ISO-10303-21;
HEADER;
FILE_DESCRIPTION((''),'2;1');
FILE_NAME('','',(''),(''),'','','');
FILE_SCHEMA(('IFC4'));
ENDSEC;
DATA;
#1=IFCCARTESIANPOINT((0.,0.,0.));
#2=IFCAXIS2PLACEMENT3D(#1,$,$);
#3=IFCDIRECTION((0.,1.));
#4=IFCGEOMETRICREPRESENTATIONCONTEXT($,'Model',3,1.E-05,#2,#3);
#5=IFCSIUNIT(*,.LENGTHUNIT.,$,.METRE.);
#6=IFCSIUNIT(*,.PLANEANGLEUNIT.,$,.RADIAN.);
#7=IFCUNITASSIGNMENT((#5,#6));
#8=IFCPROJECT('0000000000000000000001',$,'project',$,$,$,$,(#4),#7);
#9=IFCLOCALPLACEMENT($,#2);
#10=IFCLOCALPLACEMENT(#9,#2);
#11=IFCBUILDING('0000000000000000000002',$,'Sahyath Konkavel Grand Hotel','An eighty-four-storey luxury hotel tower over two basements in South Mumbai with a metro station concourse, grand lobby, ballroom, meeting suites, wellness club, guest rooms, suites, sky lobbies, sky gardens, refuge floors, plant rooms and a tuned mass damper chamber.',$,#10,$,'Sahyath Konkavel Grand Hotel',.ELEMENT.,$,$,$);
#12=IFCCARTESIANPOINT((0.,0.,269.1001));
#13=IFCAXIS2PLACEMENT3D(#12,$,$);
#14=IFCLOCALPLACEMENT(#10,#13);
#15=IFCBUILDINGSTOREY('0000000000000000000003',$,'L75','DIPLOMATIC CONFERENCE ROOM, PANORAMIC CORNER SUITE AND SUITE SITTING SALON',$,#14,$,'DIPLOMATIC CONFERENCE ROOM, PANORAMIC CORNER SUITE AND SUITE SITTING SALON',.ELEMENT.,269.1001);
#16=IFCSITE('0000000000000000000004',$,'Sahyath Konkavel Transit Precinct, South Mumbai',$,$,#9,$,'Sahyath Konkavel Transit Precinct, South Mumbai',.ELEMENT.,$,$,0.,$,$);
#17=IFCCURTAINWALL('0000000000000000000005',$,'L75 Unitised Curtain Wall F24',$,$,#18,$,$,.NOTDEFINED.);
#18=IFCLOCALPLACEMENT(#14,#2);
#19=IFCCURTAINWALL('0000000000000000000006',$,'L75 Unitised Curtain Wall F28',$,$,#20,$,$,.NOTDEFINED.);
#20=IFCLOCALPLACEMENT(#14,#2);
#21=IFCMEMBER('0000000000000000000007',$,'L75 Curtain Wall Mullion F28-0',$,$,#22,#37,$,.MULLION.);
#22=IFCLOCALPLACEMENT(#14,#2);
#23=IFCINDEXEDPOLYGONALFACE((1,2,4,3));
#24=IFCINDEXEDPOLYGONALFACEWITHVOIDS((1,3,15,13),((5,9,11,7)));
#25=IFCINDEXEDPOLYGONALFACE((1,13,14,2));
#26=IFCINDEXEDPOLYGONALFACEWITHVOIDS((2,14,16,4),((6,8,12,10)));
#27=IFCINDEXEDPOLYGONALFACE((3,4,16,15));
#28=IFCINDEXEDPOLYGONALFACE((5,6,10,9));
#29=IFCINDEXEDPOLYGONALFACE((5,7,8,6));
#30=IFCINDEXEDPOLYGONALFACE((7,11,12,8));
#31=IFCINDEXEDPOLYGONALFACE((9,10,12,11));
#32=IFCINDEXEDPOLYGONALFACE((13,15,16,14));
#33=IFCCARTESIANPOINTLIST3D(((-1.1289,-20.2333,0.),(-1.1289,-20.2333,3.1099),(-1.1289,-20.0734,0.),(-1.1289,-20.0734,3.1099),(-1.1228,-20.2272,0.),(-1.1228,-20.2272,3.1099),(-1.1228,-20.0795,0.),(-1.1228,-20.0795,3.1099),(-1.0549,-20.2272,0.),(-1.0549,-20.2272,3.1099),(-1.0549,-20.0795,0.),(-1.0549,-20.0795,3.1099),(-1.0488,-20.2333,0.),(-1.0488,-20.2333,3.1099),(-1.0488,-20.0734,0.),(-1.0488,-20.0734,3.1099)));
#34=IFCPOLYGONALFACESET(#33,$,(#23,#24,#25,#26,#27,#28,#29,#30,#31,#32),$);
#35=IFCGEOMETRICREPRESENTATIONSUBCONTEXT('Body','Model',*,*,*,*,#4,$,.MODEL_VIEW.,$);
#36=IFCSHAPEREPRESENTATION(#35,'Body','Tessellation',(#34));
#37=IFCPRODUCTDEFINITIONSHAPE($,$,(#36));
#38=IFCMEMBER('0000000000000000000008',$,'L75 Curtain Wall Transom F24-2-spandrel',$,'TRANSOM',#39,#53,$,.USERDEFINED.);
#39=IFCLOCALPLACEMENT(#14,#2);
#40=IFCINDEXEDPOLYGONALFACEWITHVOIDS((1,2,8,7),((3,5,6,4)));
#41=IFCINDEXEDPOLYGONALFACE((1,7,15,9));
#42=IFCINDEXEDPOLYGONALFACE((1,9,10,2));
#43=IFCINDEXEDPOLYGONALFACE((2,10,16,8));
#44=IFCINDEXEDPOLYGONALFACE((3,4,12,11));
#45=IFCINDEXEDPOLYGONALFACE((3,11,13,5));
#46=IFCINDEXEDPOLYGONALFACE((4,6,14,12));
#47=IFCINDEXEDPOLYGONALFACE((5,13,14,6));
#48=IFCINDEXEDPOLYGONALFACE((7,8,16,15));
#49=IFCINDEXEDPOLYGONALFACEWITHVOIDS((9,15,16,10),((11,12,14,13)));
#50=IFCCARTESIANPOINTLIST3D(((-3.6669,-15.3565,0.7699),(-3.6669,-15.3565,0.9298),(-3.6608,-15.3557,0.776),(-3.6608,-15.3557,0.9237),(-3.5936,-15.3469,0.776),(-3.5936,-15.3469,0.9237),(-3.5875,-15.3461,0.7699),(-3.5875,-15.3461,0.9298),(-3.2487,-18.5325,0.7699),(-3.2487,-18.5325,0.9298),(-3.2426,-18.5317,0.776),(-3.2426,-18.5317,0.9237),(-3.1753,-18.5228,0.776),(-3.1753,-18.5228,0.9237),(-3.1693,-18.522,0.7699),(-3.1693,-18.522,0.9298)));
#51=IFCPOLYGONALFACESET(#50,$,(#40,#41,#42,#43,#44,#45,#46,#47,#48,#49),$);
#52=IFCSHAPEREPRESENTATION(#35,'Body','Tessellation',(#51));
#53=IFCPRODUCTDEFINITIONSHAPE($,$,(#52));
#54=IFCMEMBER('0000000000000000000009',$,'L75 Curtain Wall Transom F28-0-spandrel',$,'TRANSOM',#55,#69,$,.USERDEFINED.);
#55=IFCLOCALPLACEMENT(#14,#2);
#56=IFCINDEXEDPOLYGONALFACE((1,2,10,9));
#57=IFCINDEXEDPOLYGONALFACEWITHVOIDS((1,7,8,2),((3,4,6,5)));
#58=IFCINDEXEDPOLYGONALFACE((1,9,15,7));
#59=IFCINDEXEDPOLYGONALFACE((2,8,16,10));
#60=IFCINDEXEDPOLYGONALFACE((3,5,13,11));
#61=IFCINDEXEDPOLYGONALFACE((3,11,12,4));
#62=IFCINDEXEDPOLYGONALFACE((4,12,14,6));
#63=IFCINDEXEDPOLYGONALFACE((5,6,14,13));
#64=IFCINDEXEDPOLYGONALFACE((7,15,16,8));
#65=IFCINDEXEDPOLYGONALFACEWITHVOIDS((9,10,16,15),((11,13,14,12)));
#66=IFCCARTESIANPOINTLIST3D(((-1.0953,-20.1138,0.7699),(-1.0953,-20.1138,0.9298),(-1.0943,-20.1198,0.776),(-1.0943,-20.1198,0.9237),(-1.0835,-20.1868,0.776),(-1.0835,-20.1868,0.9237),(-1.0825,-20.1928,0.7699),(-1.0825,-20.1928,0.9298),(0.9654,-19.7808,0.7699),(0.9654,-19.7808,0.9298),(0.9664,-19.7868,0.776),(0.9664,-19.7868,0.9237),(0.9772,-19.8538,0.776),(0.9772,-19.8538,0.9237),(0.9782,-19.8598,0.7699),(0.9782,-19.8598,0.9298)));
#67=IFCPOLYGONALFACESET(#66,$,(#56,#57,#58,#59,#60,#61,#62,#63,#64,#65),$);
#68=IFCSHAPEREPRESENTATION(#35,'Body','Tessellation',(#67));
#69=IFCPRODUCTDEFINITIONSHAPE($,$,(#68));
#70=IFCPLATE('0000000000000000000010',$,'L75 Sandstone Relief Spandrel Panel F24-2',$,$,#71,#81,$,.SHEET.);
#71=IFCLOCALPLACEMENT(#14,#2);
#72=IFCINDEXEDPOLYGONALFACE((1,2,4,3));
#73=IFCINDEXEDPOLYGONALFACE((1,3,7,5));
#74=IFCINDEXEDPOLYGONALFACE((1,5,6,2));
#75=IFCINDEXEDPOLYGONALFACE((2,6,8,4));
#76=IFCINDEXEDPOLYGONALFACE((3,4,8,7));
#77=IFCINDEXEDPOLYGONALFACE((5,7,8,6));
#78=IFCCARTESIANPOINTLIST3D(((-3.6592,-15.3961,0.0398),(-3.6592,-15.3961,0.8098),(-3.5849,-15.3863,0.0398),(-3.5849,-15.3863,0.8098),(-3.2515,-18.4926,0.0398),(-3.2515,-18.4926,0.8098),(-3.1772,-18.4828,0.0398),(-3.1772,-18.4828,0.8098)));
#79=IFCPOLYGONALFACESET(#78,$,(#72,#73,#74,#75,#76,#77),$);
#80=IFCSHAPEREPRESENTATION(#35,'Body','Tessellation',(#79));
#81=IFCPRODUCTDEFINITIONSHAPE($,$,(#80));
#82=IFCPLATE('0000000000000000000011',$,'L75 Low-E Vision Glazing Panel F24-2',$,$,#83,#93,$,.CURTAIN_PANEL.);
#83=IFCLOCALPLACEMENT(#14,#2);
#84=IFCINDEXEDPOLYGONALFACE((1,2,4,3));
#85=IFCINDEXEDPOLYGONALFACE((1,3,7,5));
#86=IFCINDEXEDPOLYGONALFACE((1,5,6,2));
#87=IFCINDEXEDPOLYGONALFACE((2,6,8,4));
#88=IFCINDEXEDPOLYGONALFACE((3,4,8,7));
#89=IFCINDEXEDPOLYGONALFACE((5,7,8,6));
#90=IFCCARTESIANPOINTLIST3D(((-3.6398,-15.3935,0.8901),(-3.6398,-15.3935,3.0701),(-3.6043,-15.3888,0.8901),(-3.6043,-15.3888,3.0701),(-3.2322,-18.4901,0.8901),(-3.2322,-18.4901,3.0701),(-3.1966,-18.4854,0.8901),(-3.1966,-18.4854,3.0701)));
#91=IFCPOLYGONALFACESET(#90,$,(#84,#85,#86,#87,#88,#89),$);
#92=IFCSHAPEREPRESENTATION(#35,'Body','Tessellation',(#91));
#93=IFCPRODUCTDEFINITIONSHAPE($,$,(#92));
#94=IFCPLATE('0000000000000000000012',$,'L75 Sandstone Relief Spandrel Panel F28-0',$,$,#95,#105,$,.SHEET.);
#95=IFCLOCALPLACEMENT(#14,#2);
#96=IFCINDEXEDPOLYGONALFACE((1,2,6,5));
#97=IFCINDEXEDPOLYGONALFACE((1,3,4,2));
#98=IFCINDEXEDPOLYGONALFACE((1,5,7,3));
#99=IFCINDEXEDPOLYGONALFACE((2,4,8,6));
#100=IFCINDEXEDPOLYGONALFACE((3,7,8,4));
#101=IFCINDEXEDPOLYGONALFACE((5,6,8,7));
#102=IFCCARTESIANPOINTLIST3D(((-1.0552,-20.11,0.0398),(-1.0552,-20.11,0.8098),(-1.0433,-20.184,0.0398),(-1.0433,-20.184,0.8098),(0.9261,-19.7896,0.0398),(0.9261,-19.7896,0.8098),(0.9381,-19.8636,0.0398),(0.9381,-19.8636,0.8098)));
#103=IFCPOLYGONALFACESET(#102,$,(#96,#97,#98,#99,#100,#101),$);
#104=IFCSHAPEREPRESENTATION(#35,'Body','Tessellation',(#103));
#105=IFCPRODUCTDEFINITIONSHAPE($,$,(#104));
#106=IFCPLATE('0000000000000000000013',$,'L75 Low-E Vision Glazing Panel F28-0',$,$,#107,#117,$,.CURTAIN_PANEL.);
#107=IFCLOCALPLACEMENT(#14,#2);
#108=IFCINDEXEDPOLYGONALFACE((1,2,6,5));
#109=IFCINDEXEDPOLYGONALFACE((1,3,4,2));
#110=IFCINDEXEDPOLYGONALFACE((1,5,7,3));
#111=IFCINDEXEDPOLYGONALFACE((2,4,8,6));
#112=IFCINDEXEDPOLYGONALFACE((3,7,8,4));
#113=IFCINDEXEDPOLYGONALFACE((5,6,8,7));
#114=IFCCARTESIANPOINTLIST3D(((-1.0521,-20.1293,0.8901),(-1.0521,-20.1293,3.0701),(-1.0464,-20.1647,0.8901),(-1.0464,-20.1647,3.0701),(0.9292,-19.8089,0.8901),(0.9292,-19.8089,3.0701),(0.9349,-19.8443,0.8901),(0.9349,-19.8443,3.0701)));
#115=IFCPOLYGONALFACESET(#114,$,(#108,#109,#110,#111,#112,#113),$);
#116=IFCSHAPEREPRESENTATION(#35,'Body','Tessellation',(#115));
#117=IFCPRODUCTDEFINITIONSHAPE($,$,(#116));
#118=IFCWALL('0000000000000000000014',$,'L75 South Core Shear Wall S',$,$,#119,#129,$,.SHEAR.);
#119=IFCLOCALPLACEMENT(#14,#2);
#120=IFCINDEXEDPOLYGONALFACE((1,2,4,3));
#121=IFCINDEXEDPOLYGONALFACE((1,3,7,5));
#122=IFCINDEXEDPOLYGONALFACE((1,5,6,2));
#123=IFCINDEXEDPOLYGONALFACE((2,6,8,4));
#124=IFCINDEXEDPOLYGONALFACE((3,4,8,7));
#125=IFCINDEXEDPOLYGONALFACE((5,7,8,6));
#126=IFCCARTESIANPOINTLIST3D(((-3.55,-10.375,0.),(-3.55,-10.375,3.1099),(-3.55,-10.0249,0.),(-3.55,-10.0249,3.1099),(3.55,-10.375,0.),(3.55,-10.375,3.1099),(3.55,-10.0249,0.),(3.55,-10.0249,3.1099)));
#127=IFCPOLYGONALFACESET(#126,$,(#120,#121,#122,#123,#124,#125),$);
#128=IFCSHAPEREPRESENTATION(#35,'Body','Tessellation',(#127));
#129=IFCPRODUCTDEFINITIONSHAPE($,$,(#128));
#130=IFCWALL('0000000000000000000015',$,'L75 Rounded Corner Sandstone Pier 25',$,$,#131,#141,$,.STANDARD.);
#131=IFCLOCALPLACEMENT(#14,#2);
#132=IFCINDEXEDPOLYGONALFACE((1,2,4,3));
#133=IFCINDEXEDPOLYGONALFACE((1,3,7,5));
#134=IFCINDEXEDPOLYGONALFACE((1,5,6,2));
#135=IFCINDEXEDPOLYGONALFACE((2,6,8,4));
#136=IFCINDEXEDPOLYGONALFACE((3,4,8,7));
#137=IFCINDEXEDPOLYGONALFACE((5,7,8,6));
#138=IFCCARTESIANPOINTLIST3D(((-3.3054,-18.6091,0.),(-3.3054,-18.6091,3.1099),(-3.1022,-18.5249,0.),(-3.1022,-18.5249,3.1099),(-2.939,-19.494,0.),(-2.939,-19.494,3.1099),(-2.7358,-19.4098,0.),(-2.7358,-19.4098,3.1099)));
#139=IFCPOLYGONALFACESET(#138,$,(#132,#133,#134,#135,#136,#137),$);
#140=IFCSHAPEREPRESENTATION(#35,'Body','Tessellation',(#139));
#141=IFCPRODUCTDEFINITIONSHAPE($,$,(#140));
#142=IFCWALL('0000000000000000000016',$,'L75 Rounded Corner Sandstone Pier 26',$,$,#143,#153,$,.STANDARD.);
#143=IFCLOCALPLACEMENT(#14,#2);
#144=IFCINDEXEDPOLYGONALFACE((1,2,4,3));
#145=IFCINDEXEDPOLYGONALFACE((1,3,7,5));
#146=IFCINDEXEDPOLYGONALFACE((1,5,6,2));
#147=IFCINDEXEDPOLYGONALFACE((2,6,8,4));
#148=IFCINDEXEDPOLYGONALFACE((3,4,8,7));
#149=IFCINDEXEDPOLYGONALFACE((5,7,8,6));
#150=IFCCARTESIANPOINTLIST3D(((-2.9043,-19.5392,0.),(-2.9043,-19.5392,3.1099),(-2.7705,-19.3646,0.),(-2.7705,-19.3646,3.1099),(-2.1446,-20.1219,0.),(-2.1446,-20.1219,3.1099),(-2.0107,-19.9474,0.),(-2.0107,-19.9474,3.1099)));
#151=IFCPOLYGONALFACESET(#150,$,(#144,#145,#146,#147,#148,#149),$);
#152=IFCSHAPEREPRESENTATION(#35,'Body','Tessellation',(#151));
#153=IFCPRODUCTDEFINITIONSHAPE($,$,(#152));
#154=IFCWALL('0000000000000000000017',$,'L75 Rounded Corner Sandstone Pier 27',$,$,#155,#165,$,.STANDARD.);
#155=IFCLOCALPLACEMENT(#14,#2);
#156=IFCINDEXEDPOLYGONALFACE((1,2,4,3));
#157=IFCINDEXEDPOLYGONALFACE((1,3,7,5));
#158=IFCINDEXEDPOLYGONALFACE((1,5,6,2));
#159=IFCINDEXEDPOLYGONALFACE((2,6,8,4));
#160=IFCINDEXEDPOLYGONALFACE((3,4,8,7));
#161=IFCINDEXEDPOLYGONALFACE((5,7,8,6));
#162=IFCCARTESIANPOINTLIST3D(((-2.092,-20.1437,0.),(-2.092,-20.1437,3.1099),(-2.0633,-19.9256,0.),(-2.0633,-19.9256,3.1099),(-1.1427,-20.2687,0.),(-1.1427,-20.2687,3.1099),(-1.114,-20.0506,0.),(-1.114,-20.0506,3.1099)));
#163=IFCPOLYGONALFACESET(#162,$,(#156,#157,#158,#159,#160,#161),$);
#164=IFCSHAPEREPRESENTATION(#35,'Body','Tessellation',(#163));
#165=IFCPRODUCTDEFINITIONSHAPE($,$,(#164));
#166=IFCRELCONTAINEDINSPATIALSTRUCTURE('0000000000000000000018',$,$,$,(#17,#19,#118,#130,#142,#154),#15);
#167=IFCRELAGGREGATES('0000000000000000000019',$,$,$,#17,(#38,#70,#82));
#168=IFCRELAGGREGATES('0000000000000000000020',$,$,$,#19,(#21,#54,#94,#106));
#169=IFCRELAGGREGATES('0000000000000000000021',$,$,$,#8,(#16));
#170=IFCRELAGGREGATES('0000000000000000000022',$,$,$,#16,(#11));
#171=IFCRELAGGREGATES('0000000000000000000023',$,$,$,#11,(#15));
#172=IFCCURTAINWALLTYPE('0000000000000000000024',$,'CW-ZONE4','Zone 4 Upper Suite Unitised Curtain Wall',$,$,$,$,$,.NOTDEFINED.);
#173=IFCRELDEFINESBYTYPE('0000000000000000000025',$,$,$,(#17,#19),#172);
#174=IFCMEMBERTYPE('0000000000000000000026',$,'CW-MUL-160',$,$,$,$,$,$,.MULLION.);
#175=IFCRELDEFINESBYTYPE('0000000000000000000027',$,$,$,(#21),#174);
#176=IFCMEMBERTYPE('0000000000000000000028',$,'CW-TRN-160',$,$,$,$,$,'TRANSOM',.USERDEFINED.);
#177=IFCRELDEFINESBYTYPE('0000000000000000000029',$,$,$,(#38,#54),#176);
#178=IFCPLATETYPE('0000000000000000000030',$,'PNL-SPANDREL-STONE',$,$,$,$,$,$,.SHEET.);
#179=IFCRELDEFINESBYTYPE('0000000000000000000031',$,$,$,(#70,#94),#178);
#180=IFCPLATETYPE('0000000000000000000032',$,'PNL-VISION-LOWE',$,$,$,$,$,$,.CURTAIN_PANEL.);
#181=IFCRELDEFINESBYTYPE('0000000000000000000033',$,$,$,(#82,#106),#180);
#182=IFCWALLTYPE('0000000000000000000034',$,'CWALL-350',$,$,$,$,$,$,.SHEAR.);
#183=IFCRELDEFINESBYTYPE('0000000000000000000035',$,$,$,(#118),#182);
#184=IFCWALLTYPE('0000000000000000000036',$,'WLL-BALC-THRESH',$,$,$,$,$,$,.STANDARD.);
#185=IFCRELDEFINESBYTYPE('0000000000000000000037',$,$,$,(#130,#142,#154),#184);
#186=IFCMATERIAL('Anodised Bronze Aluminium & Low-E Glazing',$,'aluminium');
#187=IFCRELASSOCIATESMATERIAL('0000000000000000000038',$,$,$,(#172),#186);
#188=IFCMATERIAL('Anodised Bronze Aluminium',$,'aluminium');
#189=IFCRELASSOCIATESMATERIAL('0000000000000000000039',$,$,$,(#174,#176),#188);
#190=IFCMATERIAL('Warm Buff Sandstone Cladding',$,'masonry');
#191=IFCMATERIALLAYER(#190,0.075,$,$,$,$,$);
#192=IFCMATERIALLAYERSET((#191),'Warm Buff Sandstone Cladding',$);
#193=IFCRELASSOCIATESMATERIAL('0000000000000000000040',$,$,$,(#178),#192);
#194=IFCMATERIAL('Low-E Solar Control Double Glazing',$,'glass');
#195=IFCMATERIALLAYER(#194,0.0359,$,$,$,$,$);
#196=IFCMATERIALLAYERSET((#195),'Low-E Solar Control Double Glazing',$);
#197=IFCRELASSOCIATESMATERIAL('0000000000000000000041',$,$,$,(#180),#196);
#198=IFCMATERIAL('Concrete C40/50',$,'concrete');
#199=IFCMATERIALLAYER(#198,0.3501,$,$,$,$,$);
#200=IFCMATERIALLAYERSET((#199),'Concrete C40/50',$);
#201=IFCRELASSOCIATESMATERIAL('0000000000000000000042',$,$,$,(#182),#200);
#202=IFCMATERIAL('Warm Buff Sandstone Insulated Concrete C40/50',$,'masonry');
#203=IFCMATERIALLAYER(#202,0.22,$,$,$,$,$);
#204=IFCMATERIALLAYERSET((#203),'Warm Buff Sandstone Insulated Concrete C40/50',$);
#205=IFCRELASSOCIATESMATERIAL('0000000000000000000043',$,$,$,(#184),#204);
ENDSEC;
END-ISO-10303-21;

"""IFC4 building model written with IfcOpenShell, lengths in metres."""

from ifc_helpers import new_model, si_unit, direction, frame, frame_2d, origin, origin_2d, place, context, subcontext, project, spatial, rectangle, hollow_rectangle, extrude, source, transform, mapped, material, layer, layer_set, material_profile, profile_set, type_object, element, aggregate, save


model = new_model("IFC4")

# Units and contexts
model_context = context("Model", 3, precision=1e-05, world=origin(), true_north=direction((0.0, 1.0)))
body_context = subcontext(model_context, "Body", "Model", "MODEL_VIEW")
ifc_project = project(units=[si_unit("LENGTHUNIT", "METRE"), si_unit("PLANEANGLEUNIT", "RADIAN")], contexts=[model_context])

# Site, building, storey
site_placement = place(None, origin())
site = spatial("IfcSite", under=ifc_project, at=site_placement, Name="Sahyath Konkavel Transit Precinct, South Mumbai", LongName="Sahyath Konkavel Transit Precinct, South Mumbai", CompositionType="ELEMENT", RefElevation=0.0)
building_placement = place(site_placement, origin())
building = spatial("IfcBuilding", under=site, at=building_placement, Name="Sahyath Konkavel Grand Hotel", Description="An eighty-four-storey luxury hotel tower over two basements in South Mumbai with a metro station concourse, grand lobby, ballroom, meeting suites, wellness club, guest rooms, suites, sky lobbies, sky gardens, refuge floors, plant rooms and a tuned mass damper chamber.", LongName="Sahyath Konkavel Grand Hotel", CompositionType="ELEMENT")
storey_placement = place(building_placement, frame((0.0, 0.0, 269.1001)))
storey = spatial("IfcBuildingStorey", under=building, at=storey_placement, Name="L75", Description="DIPLOMATIC CONFERENCE ROOM, PANORAMIC CORNER SUITE AND SUITE SITTING SALON", LongName="DIPLOMATIC CONFERENCE ROOM, PANORAMIC CORNER SUITE AND SUITE SITTING SALON", CompositionType="ELEMENT", Elevation=269.1001)

# Shared definitions
ifc_material_1 = material(Name="Concrete C40/50", Category="concrete")

# Curtain wall
ifc_material_2 = material(Name="Anodised Bronze Aluminium & Low-E Glazing", Category="aluminium")
curtain_wall_type = type_object("IfcCurtainWallType", Name="CW-ZONE4", Description="Zone 4 Upper Suite Unitised Curtain Wall", PredefinedType="NOTDEFINED", material=ifc_material_2)
curtain_wall_1_placement = place(storey_placement, origin())
curtain_wall_1 = element("IfcCurtainWall", 1, at=curtain_wall_1_placement, inside=storey, type_object=curtain_wall_type, Name="L75 Unitised Curtain Wall F24", PredefinedType="NOTDEFINED")
ifc_material_3 = material(Name="Anodised Bronze Aluminium", Category="aluminium")
ifc_material_profile_1 = material_profile(ifc_material_3, hollow_rectangle(XDim=0.0801, YDim=0.1599, WallThickness=0.0061, at=origin_2d()), Name="RHS 160x80x6")
ifc_profile_set_1 = profile_set([ifc_material_profile_1], Name="Anodised Bronze Aluminium")
member_type_1 = type_object("IfcMemberType", Name="CW-MUL-160", PredefinedType="MULLION", material=ifc_profile_set_1)
shared_shape_1 = source(origin(), body_context, "Body", "SweptSolid", [
    extrude(hollow_rectangle(XDim=0.0801, YDim=0.1599, WallThickness=0.0061, at=origin_2d()), origin(), (0.0, 0.0, 1.0), 3.1099),
])

# Curtain wall, member
curtain_wall_2_placement = place(storey_placement, origin())
curtain_wall_2 = element("IfcCurtainWall", 2, at=curtain_wall_2_placement, inside=storey, type_object=curtain_wall_type, Name="L75 Unitised Curtain Wall F28", PredefinedType="NOTDEFINED")
member_1_placement = place(storey_placement, frame((-1.0889, -20.1533, 0.0), z_axis=(0.0, 0.0, 1.0), x_axis=(1.0, 0.0, 0.0)))
member_1 = element("IfcMember", 3, at=member_1_placement, type_object=member_type_1, Name="L75 Curtain Wall Mullion F28-0", PredefinedType="MULLION", context=body_context, shape_type="MappedRepresentation", body=[
    mapped(shared_shape_1, transform((0.0, 0.0, 0.0), scale=1.0)),
])

# Members
ifc_material_profile_2 = material_profile(ifc_material_3, hollow_rectangle(XDim=0.0801, YDim=0.1599, WallThickness=0.0061, at=origin_2d()), Name="RHS 160x80x6")
ifc_profile_set_2 = profile_set([ifc_material_profile_2], Name="Anodised Bronze Aluminium")
member_type_2 = type_object("IfcMemberType", Name="CW-TRN-160", ElementType="TRANSOM", PredefinedType="USERDEFINED", material=ifc_profile_set_2)
shared_shape_2 = source(origin(), body_context, "Body", "SweptSolid", [
    extrude(hollow_rectangle(XDim=0.0801, YDim=0.1599, WallThickness=0.0061, at=origin_2d()), origin(), (0.0, 0.0, 1.0), 3.2034),
])
member_2_placement = place(storey_placement, frame((-3.6272, -15.3513, 0.8499), z_axis=(0.130551, -0.991442, 0.0), x_axis=(0.991442, 0.130551, 0.0)))
member_2 = element("IfcMember", 4, at=member_2_placement, type_object=member_type_2, Name="L75 Curtain Wall Transom F24-2-spandrel", ObjectType="TRANSOM", PredefinedType="USERDEFINED", context=body_context, shape_type="MappedRepresentation", body=[
    mapped(shared_shape_2, transform((0.0, 0.0, 0.0), scale=1.0)),
])
shared_shape_3 = source(origin(), body_context, "Body", "SweptSolid", [
    extrude(hollow_rectangle(XDim=0.0801, YDim=0.1599, WallThickness=0.0061, at=origin_2d()), origin(), (0.0, 0.0, 1.0), 2.0874),
])
member_3_placement = place(storey_placement, frame((-1.0889, -20.1533, 0.8499), z_axis=(0.987191, 0.159541, 0.0), x_axis=(-0.159541, 0.987191, 0.0)))
member_3 = element("IfcMember", 5, at=member_3_placement, type_object=member_type_2, Name="L75 Curtain Wall Transom F28-0-spandrel", ObjectType="TRANSOM", PredefinedType="USERDEFINED", context=body_context, shape_type="MappedRepresentation", body=[
    mapped(shared_shape_3, transform((0.0, 0.0, 0.0), scale=1.0)),
])

# Plates
ifc_material_4 = material(Name="Warm Buff Sandstone Cladding", Category="masonry")
ifc_layer_1 = layer(ifc_material_4, 0.075)
ifc_layer_set_1 = layer_set([ifc_layer_1], Name="Warm Buff Sandstone Cladding")
plate_type_1 = type_object("IfcPlateType", Name="PNL-SPANDREL-STONE", PredefinedType="SHEET", material=ifc_layer_set_1)
shared_shape_4 = source(origin(), body_context, "Body", "SweptSolid", [
    extrude(rectangle(XDim=3.1233, YDim=0.075, at=origin_2d()), origin(), (0.0, 0.0, 1.0), 0.77),
])
plate_1_placement = place(storey_placement, frame((-3.4182, -16.9395, 0.0398), z_axis=(0.0, 0.0, 1.0), x_axis=(0.130526, -0.991445, 0.0)))
plate_1 = element("IfcPlate", 6, at=plate_1_placement, type_object=plate_type_1, Name="L75 Sandstone Relief Spandrel Panel F24-2", PredefinedType="SHEET", context=body_context, shape_type="MappedRepresentation", body=[
    mapped(shared_shape_4, transform((0.0, 0.0, 0.0), scale=1.0)),
])
ifc_material_5 = material(Name="Low-E Solar Control Double Glazing", Category="glass")
ifc_layer_2 = layer(ifc_material_5, 0.0359)
ifc_layer_set_2 = layer_set([ifc_layer_2], Name="Low-E Solar Control Double Glazing")
plate_type_2 = type_object("IfcPlateType", Name="PNL-VISION-LOWE", PredefinedType="CURTAIN_PANEL", material=ifc_layer_set_2)
shared_shape_5 = source(origin(), body_context, "Body", "SweptSolid", [
    extrude(rectangle(XDim=3.1233, YDim=0.0359, at=origin_2d()), origin(), (0.0, 0.0, 1.0), 2.1799),
])
plate_2_placement = place(storey_placement, frame((-3.4182, -16.9395, 0.8901), z_axis=(0.0, 0.0, 1.0), x_axis=(0.130526, -0.991445, 0.0)))
plate_2 = element("IfcPlate", 7, at=plate_2_placement, type_object=plate_type_2, Name="L75 Low-E Vision Glazing Panel F24-2", PredefinedType="CURTAIN_PANEL", context=body_context, shape_type="MappedRepresentation", body=[
    mapped(shared_shape_5, transform((0.0, 0.0, 0.0), scale=1.0)),
])
aggregate(curtain_wall_1, [member_2, plate_1, plate_2])
shared_shape_6 = source(origin(), body_context, "Body", "SweptSolid", [
    extrude(rectangle(XDim=2.0071, YDim=0.075, at=origin_2d()), origin(), (0.0, 0.0, 1.0), 0.77),
])
plate_3_placement = place(storey_placement, frame((-0.0586, -19.9868, 0.0398), z_axis=(0.0, 0.0, 1.0), x_axis=(0.987178, 0.159623, 0.0)))
plate_3 = element("IfcPlate", 8, at=plate_3_placement, type_object=plate_type_1, Name="L75 Sandstone Relief Spandrel Panel F28-0", PredefinedType="SHEET", context=body_context, shape_type="MappedRepresentation", body=[
    mapped(shared_shape_6, transform((0.0, 0.0, 0.0), scale=1.0)),
])
shared_shape_7 = source(origin(), body_context, "Body", "SweptSolid", [
    extrude(rectangle(XDim=2.0071, YDim=0.0359, at=origin_2d()), origin(), (0.0, 0.0, 1.0), 2.1799),
])
plate_4_placement = place(storey_placement, frame((-0.0586, -19.9868, 0.8901), z_axis=(0.0, 0.0, 1.0), x_axis=(0.987178, 0.159623, 0.0)))
plate_4 = element("IfcPlate", 9, at=plate_4_placement, type_object=plate_type_2, Name="L75 Low-E Vision Glazing Panel F28-0", PredefinedType="CURTAIN_PANEL", context=body_context, shape_type="MappedRepresentation", body=[
    mapped(shared_shape_7, transform((0.0, 0.0, 0.0), scale=1.0)),
])
aggregate(curtain_wall_2, [member_1, member_3, plate_3, plate_4])

# Walls
ifc_layer_3 = layer(ifc_material_1, 0.3501)
ifc_layer_set_3 = layer_set([ifc_layer_3], Name="Concrete C40/50")
wall_type_1 = type_object("IfcWallType", Name="CWALL-350", PredefinedType="SHEAR", material=ifc_layer_set_3)
wall_1_placement = place(storey_placement, frame((-3.55, -10.2, 0.0), z_axis=(0.0, 0.0, 1.0), x_axis=(1.0, 0.0, 0.0)))
element("IfcWall", 10, at=wall_1_placement, inside=storey, type_object=wall_type_1, Name="L75 South Core Shear Wall S", PredefinedType="SHEAR", context=body_context, shape_type="SweptSolid", body=[
    extrude(rectangle(XDim=7.1001, YDim=0.3501, at=frame_2d((3.55, 0.0))), origin(), (0.0, 0.0, 1.0), 3.1099),
])
ifc_material_6 = material(Name="Warm Buff Sandstone Insulated Concrete C40/50", Category="masonry")
ifc_layer_4 = layer(ifc_material_6, 0.22)
ifc_layer_set_4 = layer_set([ifc_layer_4], Name="Warm Buff Sandstone Insulated Concrete C40/50")
wall_type_2 = type_object("IfcWallType", Name="WLL-BALC-THRESH", PredefinedType="STANDARD", material=ifc_layer_set_4)
wall_2_placement = place(storey_placement, frame((-3.2039, -18.5669, 0.0), z_axis=(0.0, 0.0, 1.0), x_axis=(0.382569, -0.923927, 0.0)))
element("IfcWall", 11, at=wall_2_placement, inside=storey, type_object=wall_type_2, Name="L75 Rounded Corner Sandstone Pier 25", PredefinedType="STANDARD", context=body_context, shape_type="SweptSolid", body=[
    extrude(rectangle(XDim=0.9578, YDim=0.22, at=frame_2d((0.479, 0.0))), origin(), (0.0, 0.0, 1.0), 3.1099),
])
for number, where, z_axis, x_axis, name in (
    (12, (-2.8374, -19.4519, 0.0), (0.0, 0.0, 1.0), (0.793467, -0.608614, 0.0), "L75 Rounded Corner Sandstone Pier 26"),
    (13, (-2.0776, -20.0347, 0.0), (0.0, 0.0, 1.0), (0.99144, -0.13056, 0.0), "L75 Rounded Corner Sandstone Pier 27"),
):
    element("IfcWall", number, at=place(storey_placement, frame(where, z_axis=z_axis, x_axis=x_axis)), inside=storey, type_object=wall_type_2, Name=name, PredefinedType="STANDARD", context=body_context, shape_type="SweptSolid", body=[
        extrude(rectangle(XDim=0.9575, YDim=0.22, at=frame_2d((0.4788, 0.0))), origin(), (0.0, 0.0, 1.0), 3.1099),
    ])

save(model, "model.ifc")
